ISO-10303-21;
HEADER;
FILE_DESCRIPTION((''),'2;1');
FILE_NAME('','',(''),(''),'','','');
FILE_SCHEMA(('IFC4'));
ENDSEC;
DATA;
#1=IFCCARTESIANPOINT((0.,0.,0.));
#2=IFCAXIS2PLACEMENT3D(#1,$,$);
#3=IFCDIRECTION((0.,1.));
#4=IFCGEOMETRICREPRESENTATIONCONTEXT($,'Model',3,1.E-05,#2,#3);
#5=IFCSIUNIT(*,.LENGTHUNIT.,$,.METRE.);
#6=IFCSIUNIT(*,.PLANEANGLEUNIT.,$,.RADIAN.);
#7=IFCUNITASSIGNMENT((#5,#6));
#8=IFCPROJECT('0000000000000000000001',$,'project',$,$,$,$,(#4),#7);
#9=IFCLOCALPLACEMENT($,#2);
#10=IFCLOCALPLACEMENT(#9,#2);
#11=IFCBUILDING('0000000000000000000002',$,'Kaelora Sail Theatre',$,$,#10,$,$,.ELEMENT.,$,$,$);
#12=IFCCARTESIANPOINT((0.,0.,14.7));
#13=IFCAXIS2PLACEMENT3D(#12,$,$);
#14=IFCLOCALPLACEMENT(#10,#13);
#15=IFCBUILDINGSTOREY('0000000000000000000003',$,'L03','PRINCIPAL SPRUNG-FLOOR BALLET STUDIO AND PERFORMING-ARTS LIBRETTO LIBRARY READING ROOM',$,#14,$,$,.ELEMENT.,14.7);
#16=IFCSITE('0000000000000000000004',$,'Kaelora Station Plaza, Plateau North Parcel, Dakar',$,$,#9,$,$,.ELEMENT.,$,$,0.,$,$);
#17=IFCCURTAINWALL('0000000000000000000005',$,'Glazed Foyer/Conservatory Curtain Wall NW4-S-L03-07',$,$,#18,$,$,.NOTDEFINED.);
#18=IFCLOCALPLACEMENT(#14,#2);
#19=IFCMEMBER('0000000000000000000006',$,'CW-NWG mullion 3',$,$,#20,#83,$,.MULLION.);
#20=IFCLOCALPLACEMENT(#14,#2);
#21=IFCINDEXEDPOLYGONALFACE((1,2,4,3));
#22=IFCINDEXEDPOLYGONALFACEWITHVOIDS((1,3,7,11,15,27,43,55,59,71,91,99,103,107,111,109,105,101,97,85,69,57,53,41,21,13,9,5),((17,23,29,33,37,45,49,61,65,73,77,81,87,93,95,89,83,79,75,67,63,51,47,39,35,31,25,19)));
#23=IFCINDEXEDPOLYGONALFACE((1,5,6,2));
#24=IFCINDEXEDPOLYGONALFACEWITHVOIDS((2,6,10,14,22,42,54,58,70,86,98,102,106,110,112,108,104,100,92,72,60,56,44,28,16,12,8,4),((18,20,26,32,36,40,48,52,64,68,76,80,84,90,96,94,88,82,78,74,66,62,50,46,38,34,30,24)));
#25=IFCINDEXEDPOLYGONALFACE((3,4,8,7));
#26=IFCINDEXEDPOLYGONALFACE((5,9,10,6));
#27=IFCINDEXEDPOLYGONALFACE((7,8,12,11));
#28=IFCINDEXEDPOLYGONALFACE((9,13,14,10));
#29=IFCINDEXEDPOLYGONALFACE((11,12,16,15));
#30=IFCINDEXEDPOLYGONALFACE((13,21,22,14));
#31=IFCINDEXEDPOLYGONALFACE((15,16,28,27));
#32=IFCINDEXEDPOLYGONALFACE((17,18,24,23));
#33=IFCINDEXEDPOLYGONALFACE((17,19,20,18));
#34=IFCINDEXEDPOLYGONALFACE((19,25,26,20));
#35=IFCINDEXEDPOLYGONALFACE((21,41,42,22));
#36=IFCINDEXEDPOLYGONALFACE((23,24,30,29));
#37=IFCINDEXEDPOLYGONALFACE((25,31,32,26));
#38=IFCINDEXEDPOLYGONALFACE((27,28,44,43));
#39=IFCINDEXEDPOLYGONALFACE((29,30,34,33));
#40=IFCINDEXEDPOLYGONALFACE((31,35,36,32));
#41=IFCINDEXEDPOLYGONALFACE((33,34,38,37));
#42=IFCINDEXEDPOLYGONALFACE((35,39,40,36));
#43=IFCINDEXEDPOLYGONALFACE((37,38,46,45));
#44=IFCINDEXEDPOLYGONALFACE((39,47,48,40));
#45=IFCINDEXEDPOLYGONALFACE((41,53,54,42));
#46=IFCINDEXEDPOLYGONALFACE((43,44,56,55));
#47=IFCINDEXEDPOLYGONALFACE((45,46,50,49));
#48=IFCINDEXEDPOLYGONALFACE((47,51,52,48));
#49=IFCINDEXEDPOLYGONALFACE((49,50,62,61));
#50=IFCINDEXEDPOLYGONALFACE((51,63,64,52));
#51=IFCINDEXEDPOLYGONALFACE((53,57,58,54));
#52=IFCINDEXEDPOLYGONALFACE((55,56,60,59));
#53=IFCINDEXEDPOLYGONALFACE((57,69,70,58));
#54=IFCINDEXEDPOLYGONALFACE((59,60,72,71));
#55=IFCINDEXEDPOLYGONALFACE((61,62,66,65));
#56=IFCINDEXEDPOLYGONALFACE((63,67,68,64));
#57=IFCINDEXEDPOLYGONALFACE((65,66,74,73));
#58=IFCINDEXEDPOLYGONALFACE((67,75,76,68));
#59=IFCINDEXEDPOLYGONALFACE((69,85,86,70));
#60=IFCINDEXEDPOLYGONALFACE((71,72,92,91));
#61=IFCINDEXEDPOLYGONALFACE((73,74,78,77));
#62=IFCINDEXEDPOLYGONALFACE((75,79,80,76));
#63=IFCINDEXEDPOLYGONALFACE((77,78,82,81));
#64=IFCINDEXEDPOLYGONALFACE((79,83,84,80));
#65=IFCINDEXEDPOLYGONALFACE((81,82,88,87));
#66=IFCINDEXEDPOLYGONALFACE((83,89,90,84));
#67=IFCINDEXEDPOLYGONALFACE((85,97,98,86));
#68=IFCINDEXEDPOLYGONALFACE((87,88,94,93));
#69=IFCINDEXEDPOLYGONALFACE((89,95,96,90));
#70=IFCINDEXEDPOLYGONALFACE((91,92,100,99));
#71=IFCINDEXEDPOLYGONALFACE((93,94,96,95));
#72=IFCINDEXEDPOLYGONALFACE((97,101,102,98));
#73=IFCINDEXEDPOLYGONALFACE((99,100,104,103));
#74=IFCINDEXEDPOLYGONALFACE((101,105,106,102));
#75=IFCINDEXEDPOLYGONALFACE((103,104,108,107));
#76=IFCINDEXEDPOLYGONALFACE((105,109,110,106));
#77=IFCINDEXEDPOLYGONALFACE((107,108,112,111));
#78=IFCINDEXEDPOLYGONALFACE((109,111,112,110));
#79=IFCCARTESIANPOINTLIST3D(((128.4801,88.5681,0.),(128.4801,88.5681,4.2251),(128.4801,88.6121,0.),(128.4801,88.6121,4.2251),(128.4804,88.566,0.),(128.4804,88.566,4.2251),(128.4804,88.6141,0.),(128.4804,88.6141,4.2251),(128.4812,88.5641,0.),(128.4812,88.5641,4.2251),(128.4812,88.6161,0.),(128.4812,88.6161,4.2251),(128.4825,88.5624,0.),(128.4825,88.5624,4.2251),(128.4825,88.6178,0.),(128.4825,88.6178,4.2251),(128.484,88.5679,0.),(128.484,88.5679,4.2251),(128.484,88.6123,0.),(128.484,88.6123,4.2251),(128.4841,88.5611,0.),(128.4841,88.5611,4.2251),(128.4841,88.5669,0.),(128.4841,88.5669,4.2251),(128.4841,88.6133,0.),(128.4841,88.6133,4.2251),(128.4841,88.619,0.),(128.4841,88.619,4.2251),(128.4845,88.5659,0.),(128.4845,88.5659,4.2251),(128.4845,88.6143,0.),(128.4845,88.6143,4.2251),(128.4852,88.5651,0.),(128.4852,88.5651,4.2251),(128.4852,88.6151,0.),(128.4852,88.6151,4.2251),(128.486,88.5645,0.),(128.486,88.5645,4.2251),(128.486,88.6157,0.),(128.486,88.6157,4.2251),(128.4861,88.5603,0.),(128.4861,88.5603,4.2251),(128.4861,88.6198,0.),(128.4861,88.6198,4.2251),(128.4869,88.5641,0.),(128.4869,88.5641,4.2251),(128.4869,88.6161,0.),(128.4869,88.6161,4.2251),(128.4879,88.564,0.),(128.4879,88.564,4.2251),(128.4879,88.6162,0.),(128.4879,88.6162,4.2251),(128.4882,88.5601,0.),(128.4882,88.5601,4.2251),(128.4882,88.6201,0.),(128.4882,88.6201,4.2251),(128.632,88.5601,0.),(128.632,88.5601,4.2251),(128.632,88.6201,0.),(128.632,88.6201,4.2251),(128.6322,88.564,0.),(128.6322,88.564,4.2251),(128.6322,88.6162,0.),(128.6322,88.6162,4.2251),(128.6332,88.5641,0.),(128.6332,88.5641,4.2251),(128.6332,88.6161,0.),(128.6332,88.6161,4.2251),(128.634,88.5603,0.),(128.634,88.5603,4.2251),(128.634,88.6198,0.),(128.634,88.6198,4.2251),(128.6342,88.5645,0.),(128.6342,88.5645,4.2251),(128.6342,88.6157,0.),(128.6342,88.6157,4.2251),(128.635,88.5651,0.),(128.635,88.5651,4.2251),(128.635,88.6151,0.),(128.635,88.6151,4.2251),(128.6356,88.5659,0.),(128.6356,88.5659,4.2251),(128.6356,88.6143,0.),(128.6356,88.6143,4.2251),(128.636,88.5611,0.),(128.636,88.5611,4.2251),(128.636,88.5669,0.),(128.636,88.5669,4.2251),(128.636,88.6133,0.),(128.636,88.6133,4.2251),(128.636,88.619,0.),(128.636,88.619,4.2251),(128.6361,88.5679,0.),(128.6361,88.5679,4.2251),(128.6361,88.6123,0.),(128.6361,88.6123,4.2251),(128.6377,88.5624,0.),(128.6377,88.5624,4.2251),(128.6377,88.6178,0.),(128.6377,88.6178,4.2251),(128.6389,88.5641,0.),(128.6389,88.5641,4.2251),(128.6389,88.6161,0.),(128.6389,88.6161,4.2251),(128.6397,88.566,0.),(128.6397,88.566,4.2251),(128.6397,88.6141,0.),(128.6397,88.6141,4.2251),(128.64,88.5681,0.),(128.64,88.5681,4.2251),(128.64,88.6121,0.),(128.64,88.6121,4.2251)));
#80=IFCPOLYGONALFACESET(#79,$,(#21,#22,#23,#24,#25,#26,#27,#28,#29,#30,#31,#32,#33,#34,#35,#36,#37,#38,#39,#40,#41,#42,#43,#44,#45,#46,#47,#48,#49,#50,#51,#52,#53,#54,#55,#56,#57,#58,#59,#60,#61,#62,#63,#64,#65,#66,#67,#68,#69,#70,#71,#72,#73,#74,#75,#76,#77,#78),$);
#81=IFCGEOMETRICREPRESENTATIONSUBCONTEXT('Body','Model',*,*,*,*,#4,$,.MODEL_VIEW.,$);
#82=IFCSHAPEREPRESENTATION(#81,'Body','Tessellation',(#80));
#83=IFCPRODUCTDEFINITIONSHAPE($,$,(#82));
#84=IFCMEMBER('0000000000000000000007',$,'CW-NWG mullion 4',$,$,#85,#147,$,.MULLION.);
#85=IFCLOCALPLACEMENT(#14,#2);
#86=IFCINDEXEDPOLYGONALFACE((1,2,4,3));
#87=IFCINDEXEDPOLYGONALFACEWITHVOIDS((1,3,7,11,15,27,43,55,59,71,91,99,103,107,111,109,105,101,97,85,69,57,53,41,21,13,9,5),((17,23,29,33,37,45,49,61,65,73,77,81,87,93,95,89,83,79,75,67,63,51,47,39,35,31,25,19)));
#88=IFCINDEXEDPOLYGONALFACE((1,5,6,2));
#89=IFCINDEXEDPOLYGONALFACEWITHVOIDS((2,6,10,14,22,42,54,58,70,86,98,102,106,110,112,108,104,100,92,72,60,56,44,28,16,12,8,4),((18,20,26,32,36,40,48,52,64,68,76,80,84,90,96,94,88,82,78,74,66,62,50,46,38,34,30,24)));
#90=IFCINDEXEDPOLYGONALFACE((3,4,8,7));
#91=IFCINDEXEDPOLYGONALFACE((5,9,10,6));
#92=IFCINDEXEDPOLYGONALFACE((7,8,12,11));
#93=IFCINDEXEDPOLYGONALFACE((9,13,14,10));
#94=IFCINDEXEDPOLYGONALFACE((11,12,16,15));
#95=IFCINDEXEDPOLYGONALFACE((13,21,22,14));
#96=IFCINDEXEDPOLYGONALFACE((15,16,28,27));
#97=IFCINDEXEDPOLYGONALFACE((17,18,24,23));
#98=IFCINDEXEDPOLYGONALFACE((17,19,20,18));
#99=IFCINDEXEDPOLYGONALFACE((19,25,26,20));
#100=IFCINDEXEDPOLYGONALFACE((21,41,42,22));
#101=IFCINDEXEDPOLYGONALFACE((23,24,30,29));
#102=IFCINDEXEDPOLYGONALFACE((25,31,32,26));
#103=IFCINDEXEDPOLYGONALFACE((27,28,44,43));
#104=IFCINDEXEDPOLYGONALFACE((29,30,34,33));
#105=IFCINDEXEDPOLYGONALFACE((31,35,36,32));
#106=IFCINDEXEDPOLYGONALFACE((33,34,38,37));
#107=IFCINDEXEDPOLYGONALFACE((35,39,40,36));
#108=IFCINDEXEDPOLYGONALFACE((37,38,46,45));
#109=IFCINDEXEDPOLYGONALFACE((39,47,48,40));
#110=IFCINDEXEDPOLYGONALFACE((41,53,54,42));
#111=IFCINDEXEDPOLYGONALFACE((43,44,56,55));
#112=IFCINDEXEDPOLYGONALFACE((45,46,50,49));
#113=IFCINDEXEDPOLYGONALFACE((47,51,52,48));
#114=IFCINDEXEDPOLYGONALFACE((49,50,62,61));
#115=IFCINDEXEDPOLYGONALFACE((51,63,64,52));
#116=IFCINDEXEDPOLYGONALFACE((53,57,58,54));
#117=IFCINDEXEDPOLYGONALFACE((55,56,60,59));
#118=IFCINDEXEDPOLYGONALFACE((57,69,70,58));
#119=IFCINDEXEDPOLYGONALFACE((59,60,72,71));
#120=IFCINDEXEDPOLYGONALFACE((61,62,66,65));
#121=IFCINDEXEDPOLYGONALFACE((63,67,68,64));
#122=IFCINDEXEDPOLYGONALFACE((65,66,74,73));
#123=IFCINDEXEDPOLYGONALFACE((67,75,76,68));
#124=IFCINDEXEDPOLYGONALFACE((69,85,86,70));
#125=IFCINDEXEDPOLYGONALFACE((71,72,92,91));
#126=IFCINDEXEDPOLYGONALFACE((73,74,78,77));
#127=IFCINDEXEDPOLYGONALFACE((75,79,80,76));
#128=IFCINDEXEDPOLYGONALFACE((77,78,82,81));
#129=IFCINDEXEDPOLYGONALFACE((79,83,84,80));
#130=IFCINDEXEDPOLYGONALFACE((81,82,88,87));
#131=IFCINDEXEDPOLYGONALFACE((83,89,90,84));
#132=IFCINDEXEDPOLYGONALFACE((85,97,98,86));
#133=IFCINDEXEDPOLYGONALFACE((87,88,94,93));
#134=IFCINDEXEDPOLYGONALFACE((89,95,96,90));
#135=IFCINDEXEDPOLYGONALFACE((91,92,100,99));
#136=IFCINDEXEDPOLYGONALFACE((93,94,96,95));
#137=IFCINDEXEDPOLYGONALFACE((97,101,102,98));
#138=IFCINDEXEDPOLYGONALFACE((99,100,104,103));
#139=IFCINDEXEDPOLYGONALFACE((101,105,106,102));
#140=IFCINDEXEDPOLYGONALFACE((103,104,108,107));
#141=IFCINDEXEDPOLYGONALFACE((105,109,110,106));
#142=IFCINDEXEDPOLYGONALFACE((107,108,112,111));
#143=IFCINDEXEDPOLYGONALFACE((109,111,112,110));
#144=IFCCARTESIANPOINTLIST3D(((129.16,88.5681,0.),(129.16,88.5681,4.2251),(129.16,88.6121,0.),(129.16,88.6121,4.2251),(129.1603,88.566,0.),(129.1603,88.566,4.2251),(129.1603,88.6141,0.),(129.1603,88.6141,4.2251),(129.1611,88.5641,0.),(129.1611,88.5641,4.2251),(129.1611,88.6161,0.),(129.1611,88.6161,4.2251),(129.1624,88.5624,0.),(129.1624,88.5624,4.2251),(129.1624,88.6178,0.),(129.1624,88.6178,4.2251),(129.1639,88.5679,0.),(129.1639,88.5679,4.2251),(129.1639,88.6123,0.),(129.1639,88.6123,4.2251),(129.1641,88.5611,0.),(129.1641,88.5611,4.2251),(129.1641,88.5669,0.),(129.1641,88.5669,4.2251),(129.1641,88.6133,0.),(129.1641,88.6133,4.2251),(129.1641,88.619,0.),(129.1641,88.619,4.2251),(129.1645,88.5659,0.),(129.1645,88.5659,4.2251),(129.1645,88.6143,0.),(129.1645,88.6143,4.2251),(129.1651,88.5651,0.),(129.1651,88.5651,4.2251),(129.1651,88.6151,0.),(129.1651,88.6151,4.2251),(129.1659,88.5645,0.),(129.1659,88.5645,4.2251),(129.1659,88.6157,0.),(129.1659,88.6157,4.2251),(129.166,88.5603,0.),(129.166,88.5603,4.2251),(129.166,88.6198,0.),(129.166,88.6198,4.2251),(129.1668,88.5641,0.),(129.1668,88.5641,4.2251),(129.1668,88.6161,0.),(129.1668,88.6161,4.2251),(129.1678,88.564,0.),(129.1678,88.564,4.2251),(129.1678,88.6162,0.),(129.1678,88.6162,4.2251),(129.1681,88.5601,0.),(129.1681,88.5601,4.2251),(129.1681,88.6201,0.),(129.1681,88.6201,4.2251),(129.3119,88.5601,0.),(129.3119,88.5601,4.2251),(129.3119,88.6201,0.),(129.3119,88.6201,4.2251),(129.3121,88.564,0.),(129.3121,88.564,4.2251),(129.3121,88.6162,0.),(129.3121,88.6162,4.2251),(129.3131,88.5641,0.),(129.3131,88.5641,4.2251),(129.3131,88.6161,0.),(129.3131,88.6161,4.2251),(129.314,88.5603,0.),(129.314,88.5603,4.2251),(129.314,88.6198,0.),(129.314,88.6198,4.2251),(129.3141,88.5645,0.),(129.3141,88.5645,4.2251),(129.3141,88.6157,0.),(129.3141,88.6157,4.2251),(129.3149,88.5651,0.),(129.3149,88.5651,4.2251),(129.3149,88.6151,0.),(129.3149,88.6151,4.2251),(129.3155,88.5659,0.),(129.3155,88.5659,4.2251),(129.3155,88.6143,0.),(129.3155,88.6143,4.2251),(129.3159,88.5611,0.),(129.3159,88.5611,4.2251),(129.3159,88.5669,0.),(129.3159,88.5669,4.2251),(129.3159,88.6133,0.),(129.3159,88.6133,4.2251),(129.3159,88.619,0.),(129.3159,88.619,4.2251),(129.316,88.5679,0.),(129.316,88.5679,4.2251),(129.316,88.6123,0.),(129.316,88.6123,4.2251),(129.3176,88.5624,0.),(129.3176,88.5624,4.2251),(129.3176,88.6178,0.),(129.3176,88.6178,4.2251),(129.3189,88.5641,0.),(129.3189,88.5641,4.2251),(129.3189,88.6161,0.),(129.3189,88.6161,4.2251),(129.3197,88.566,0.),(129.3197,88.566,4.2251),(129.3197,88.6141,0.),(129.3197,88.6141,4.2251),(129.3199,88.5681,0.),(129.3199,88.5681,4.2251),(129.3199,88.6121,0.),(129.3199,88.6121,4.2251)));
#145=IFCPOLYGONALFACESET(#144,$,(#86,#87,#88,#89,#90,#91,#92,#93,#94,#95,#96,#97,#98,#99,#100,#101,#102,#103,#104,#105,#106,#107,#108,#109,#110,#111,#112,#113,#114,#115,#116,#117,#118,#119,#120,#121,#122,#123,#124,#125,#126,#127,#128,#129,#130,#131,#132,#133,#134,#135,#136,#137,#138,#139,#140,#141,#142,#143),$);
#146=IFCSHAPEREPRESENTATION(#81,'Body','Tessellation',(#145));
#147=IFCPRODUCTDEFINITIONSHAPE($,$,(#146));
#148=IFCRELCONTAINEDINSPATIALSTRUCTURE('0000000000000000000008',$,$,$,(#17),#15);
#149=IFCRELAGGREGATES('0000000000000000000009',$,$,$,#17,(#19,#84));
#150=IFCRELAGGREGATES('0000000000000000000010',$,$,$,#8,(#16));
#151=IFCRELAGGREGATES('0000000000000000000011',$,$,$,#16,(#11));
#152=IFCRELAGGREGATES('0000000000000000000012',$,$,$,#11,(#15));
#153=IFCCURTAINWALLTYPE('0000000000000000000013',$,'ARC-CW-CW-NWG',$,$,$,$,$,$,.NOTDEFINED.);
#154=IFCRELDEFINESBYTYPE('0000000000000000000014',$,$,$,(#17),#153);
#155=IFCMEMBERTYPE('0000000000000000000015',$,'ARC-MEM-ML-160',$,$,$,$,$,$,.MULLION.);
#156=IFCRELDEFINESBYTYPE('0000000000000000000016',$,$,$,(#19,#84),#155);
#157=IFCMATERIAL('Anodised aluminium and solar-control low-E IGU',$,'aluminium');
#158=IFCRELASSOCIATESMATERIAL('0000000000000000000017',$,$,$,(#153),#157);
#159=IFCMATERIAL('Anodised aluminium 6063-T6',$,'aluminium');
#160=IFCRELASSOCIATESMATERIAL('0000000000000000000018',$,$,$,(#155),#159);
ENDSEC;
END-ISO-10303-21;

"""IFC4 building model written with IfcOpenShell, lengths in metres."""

from ifc_helpers import new_model, si_unit, direction, frame, origin, origin_2d, place, context, subcontext, project, spatial, hollow_rectangle, extrude, material, material_profile, profile_set, type_object, element, aggregate, save


model = new_model("IFC4")

# Units and contexts
model_context = context("Model", 3, precision=1e-05, world=origin(), true_north=direction((0.0, 1.0)))
body_context = subcontext(model_context, "Body", "Model", "MODEL_VIEW")
ifc_project = project(units=[si_unit("LENGTHUNIT", "METRE"), si_unit("PLANEANGLEUNIT", "RADIAN")], contexts=[model_context])

# Site, building, storey
site_placement = place(None, origin())
site = spatial("IfcSite", under=ifc_project, at=site_placement, Name="Kaelora Station Plaza, Plateau North Parcel, Dakar", CompositionType="ELEMENT", RefElevation=0.0)
building_placement = place(site_placement, origin())
building = spatial("IfcBuilding", under=site, at=building_placement, Name="Kaelora Sail Theatre", CompositionType="ELEMENT")
storey_placement = place(building_placement, frame((0.0, 0.0, 14.7)))
storey = spatial("IfcBuildingStorey", under=building, at=storey_placement, Name="L03", Description="PRINCIPAL SPRUNG-FLOOR BALLET STUDIO AND PERFORMING-ARTS LIBRETTO LIBRARY READING ROOM", CompositionType="ELEMENT", Elevation=14.7)

# Curtain wall, members
ifc_material_1 = material(Name="Anodised aluminium and solar-control low-E IGU", Category="aluminium")
curtain_wall_type = type_object("IfcCurtainWallType", Name="ARC-CW-CW-NWG", PredefinedType="NOTDEFINED", material=ifc_material_1)
ifc_material_2 = material(Name="Anodised aluminium 6063-T6", Category="aluminium")
ifc_material_profile_1 = material_profile(ifc_material_2, hollow_rectangle(XDim=0.0601, YDim=0.1599, WallThickness=0.0039, InnerFilletRadius=0.0039, OuterFilletRadius=0.0081, at=origin_2d()), Name="ALU-MULL 60x160x4")
ifc_profile_set_1 = profile_set([ifc_material_profile_1], Name="Anodised aluminium 6063-T6")
member_type_1 = type_object("IfcMemberType", Name="ARC-MEM-ML-160", PredefinedType="MULLION", material=ifc_profile_set_1)
curtain_wall_1_placement = place(storey_placement, origin())
curtain_wall_1 = element("IfcCurtainWall", 1, at=curtain_wall_1_placement, inside=storey, type_object=curtain_wall_type, Name="Glazed Foyer/Conservatory Curtain Wall NW4-S-L03-07", PredefinedType="NOTDEFINED")
member_1_placement = place(storey_placement, frame((128.5601, 88.5901, 0.0), z_axis=(0.0, 0.0, 1.0), x_axis=(0.0, 1.0, 0.0)))
member_1 = element("IfcMember", 2, at=member_1_placement, type_object=member_type_1, Name="CW-NWG mullion 3", PredefinedType="MULLION", context=body_context, shape_type="SweptSolid", body=[
    extrude(hollow_rectangle(XDim=0.0601, YDim=0.1599, WallThickness=0.0039, InnerFilletRadius=0.0039, OuterFilletRadius=0.0081, at=origin_2d()), origin(), (0.0, 0.0, 1.0), 4.2251),
])
member_2_placement = place(storey_placement, frame((129.24, 88.5901, 0.0), z_axis=(0.0, 0.0, 1.0), x_axis=(0.0, 1.0, 0.0)))
member_2 = element("IfcMember", 3, at=member_2_placement, type_object=member_type_1, Name="CW-NWG mullion 4", PredefinedType="MULLION", context=body_context, shape_type="SweptSolid", body=[
    extrude(hollow_rectangle(XDim=0.0601, YDim=0.1599, WallThickness=0.0039, InnerFilletRadius=0.0039, OuterFilletRadius=0.0081, at=origin_2d()), origin(), (0.0, 0.0, 1.0), 4.2251),
])

aggregate(curtain_wall_1, [member_1, member_2])

save(model, "model.ifc")
